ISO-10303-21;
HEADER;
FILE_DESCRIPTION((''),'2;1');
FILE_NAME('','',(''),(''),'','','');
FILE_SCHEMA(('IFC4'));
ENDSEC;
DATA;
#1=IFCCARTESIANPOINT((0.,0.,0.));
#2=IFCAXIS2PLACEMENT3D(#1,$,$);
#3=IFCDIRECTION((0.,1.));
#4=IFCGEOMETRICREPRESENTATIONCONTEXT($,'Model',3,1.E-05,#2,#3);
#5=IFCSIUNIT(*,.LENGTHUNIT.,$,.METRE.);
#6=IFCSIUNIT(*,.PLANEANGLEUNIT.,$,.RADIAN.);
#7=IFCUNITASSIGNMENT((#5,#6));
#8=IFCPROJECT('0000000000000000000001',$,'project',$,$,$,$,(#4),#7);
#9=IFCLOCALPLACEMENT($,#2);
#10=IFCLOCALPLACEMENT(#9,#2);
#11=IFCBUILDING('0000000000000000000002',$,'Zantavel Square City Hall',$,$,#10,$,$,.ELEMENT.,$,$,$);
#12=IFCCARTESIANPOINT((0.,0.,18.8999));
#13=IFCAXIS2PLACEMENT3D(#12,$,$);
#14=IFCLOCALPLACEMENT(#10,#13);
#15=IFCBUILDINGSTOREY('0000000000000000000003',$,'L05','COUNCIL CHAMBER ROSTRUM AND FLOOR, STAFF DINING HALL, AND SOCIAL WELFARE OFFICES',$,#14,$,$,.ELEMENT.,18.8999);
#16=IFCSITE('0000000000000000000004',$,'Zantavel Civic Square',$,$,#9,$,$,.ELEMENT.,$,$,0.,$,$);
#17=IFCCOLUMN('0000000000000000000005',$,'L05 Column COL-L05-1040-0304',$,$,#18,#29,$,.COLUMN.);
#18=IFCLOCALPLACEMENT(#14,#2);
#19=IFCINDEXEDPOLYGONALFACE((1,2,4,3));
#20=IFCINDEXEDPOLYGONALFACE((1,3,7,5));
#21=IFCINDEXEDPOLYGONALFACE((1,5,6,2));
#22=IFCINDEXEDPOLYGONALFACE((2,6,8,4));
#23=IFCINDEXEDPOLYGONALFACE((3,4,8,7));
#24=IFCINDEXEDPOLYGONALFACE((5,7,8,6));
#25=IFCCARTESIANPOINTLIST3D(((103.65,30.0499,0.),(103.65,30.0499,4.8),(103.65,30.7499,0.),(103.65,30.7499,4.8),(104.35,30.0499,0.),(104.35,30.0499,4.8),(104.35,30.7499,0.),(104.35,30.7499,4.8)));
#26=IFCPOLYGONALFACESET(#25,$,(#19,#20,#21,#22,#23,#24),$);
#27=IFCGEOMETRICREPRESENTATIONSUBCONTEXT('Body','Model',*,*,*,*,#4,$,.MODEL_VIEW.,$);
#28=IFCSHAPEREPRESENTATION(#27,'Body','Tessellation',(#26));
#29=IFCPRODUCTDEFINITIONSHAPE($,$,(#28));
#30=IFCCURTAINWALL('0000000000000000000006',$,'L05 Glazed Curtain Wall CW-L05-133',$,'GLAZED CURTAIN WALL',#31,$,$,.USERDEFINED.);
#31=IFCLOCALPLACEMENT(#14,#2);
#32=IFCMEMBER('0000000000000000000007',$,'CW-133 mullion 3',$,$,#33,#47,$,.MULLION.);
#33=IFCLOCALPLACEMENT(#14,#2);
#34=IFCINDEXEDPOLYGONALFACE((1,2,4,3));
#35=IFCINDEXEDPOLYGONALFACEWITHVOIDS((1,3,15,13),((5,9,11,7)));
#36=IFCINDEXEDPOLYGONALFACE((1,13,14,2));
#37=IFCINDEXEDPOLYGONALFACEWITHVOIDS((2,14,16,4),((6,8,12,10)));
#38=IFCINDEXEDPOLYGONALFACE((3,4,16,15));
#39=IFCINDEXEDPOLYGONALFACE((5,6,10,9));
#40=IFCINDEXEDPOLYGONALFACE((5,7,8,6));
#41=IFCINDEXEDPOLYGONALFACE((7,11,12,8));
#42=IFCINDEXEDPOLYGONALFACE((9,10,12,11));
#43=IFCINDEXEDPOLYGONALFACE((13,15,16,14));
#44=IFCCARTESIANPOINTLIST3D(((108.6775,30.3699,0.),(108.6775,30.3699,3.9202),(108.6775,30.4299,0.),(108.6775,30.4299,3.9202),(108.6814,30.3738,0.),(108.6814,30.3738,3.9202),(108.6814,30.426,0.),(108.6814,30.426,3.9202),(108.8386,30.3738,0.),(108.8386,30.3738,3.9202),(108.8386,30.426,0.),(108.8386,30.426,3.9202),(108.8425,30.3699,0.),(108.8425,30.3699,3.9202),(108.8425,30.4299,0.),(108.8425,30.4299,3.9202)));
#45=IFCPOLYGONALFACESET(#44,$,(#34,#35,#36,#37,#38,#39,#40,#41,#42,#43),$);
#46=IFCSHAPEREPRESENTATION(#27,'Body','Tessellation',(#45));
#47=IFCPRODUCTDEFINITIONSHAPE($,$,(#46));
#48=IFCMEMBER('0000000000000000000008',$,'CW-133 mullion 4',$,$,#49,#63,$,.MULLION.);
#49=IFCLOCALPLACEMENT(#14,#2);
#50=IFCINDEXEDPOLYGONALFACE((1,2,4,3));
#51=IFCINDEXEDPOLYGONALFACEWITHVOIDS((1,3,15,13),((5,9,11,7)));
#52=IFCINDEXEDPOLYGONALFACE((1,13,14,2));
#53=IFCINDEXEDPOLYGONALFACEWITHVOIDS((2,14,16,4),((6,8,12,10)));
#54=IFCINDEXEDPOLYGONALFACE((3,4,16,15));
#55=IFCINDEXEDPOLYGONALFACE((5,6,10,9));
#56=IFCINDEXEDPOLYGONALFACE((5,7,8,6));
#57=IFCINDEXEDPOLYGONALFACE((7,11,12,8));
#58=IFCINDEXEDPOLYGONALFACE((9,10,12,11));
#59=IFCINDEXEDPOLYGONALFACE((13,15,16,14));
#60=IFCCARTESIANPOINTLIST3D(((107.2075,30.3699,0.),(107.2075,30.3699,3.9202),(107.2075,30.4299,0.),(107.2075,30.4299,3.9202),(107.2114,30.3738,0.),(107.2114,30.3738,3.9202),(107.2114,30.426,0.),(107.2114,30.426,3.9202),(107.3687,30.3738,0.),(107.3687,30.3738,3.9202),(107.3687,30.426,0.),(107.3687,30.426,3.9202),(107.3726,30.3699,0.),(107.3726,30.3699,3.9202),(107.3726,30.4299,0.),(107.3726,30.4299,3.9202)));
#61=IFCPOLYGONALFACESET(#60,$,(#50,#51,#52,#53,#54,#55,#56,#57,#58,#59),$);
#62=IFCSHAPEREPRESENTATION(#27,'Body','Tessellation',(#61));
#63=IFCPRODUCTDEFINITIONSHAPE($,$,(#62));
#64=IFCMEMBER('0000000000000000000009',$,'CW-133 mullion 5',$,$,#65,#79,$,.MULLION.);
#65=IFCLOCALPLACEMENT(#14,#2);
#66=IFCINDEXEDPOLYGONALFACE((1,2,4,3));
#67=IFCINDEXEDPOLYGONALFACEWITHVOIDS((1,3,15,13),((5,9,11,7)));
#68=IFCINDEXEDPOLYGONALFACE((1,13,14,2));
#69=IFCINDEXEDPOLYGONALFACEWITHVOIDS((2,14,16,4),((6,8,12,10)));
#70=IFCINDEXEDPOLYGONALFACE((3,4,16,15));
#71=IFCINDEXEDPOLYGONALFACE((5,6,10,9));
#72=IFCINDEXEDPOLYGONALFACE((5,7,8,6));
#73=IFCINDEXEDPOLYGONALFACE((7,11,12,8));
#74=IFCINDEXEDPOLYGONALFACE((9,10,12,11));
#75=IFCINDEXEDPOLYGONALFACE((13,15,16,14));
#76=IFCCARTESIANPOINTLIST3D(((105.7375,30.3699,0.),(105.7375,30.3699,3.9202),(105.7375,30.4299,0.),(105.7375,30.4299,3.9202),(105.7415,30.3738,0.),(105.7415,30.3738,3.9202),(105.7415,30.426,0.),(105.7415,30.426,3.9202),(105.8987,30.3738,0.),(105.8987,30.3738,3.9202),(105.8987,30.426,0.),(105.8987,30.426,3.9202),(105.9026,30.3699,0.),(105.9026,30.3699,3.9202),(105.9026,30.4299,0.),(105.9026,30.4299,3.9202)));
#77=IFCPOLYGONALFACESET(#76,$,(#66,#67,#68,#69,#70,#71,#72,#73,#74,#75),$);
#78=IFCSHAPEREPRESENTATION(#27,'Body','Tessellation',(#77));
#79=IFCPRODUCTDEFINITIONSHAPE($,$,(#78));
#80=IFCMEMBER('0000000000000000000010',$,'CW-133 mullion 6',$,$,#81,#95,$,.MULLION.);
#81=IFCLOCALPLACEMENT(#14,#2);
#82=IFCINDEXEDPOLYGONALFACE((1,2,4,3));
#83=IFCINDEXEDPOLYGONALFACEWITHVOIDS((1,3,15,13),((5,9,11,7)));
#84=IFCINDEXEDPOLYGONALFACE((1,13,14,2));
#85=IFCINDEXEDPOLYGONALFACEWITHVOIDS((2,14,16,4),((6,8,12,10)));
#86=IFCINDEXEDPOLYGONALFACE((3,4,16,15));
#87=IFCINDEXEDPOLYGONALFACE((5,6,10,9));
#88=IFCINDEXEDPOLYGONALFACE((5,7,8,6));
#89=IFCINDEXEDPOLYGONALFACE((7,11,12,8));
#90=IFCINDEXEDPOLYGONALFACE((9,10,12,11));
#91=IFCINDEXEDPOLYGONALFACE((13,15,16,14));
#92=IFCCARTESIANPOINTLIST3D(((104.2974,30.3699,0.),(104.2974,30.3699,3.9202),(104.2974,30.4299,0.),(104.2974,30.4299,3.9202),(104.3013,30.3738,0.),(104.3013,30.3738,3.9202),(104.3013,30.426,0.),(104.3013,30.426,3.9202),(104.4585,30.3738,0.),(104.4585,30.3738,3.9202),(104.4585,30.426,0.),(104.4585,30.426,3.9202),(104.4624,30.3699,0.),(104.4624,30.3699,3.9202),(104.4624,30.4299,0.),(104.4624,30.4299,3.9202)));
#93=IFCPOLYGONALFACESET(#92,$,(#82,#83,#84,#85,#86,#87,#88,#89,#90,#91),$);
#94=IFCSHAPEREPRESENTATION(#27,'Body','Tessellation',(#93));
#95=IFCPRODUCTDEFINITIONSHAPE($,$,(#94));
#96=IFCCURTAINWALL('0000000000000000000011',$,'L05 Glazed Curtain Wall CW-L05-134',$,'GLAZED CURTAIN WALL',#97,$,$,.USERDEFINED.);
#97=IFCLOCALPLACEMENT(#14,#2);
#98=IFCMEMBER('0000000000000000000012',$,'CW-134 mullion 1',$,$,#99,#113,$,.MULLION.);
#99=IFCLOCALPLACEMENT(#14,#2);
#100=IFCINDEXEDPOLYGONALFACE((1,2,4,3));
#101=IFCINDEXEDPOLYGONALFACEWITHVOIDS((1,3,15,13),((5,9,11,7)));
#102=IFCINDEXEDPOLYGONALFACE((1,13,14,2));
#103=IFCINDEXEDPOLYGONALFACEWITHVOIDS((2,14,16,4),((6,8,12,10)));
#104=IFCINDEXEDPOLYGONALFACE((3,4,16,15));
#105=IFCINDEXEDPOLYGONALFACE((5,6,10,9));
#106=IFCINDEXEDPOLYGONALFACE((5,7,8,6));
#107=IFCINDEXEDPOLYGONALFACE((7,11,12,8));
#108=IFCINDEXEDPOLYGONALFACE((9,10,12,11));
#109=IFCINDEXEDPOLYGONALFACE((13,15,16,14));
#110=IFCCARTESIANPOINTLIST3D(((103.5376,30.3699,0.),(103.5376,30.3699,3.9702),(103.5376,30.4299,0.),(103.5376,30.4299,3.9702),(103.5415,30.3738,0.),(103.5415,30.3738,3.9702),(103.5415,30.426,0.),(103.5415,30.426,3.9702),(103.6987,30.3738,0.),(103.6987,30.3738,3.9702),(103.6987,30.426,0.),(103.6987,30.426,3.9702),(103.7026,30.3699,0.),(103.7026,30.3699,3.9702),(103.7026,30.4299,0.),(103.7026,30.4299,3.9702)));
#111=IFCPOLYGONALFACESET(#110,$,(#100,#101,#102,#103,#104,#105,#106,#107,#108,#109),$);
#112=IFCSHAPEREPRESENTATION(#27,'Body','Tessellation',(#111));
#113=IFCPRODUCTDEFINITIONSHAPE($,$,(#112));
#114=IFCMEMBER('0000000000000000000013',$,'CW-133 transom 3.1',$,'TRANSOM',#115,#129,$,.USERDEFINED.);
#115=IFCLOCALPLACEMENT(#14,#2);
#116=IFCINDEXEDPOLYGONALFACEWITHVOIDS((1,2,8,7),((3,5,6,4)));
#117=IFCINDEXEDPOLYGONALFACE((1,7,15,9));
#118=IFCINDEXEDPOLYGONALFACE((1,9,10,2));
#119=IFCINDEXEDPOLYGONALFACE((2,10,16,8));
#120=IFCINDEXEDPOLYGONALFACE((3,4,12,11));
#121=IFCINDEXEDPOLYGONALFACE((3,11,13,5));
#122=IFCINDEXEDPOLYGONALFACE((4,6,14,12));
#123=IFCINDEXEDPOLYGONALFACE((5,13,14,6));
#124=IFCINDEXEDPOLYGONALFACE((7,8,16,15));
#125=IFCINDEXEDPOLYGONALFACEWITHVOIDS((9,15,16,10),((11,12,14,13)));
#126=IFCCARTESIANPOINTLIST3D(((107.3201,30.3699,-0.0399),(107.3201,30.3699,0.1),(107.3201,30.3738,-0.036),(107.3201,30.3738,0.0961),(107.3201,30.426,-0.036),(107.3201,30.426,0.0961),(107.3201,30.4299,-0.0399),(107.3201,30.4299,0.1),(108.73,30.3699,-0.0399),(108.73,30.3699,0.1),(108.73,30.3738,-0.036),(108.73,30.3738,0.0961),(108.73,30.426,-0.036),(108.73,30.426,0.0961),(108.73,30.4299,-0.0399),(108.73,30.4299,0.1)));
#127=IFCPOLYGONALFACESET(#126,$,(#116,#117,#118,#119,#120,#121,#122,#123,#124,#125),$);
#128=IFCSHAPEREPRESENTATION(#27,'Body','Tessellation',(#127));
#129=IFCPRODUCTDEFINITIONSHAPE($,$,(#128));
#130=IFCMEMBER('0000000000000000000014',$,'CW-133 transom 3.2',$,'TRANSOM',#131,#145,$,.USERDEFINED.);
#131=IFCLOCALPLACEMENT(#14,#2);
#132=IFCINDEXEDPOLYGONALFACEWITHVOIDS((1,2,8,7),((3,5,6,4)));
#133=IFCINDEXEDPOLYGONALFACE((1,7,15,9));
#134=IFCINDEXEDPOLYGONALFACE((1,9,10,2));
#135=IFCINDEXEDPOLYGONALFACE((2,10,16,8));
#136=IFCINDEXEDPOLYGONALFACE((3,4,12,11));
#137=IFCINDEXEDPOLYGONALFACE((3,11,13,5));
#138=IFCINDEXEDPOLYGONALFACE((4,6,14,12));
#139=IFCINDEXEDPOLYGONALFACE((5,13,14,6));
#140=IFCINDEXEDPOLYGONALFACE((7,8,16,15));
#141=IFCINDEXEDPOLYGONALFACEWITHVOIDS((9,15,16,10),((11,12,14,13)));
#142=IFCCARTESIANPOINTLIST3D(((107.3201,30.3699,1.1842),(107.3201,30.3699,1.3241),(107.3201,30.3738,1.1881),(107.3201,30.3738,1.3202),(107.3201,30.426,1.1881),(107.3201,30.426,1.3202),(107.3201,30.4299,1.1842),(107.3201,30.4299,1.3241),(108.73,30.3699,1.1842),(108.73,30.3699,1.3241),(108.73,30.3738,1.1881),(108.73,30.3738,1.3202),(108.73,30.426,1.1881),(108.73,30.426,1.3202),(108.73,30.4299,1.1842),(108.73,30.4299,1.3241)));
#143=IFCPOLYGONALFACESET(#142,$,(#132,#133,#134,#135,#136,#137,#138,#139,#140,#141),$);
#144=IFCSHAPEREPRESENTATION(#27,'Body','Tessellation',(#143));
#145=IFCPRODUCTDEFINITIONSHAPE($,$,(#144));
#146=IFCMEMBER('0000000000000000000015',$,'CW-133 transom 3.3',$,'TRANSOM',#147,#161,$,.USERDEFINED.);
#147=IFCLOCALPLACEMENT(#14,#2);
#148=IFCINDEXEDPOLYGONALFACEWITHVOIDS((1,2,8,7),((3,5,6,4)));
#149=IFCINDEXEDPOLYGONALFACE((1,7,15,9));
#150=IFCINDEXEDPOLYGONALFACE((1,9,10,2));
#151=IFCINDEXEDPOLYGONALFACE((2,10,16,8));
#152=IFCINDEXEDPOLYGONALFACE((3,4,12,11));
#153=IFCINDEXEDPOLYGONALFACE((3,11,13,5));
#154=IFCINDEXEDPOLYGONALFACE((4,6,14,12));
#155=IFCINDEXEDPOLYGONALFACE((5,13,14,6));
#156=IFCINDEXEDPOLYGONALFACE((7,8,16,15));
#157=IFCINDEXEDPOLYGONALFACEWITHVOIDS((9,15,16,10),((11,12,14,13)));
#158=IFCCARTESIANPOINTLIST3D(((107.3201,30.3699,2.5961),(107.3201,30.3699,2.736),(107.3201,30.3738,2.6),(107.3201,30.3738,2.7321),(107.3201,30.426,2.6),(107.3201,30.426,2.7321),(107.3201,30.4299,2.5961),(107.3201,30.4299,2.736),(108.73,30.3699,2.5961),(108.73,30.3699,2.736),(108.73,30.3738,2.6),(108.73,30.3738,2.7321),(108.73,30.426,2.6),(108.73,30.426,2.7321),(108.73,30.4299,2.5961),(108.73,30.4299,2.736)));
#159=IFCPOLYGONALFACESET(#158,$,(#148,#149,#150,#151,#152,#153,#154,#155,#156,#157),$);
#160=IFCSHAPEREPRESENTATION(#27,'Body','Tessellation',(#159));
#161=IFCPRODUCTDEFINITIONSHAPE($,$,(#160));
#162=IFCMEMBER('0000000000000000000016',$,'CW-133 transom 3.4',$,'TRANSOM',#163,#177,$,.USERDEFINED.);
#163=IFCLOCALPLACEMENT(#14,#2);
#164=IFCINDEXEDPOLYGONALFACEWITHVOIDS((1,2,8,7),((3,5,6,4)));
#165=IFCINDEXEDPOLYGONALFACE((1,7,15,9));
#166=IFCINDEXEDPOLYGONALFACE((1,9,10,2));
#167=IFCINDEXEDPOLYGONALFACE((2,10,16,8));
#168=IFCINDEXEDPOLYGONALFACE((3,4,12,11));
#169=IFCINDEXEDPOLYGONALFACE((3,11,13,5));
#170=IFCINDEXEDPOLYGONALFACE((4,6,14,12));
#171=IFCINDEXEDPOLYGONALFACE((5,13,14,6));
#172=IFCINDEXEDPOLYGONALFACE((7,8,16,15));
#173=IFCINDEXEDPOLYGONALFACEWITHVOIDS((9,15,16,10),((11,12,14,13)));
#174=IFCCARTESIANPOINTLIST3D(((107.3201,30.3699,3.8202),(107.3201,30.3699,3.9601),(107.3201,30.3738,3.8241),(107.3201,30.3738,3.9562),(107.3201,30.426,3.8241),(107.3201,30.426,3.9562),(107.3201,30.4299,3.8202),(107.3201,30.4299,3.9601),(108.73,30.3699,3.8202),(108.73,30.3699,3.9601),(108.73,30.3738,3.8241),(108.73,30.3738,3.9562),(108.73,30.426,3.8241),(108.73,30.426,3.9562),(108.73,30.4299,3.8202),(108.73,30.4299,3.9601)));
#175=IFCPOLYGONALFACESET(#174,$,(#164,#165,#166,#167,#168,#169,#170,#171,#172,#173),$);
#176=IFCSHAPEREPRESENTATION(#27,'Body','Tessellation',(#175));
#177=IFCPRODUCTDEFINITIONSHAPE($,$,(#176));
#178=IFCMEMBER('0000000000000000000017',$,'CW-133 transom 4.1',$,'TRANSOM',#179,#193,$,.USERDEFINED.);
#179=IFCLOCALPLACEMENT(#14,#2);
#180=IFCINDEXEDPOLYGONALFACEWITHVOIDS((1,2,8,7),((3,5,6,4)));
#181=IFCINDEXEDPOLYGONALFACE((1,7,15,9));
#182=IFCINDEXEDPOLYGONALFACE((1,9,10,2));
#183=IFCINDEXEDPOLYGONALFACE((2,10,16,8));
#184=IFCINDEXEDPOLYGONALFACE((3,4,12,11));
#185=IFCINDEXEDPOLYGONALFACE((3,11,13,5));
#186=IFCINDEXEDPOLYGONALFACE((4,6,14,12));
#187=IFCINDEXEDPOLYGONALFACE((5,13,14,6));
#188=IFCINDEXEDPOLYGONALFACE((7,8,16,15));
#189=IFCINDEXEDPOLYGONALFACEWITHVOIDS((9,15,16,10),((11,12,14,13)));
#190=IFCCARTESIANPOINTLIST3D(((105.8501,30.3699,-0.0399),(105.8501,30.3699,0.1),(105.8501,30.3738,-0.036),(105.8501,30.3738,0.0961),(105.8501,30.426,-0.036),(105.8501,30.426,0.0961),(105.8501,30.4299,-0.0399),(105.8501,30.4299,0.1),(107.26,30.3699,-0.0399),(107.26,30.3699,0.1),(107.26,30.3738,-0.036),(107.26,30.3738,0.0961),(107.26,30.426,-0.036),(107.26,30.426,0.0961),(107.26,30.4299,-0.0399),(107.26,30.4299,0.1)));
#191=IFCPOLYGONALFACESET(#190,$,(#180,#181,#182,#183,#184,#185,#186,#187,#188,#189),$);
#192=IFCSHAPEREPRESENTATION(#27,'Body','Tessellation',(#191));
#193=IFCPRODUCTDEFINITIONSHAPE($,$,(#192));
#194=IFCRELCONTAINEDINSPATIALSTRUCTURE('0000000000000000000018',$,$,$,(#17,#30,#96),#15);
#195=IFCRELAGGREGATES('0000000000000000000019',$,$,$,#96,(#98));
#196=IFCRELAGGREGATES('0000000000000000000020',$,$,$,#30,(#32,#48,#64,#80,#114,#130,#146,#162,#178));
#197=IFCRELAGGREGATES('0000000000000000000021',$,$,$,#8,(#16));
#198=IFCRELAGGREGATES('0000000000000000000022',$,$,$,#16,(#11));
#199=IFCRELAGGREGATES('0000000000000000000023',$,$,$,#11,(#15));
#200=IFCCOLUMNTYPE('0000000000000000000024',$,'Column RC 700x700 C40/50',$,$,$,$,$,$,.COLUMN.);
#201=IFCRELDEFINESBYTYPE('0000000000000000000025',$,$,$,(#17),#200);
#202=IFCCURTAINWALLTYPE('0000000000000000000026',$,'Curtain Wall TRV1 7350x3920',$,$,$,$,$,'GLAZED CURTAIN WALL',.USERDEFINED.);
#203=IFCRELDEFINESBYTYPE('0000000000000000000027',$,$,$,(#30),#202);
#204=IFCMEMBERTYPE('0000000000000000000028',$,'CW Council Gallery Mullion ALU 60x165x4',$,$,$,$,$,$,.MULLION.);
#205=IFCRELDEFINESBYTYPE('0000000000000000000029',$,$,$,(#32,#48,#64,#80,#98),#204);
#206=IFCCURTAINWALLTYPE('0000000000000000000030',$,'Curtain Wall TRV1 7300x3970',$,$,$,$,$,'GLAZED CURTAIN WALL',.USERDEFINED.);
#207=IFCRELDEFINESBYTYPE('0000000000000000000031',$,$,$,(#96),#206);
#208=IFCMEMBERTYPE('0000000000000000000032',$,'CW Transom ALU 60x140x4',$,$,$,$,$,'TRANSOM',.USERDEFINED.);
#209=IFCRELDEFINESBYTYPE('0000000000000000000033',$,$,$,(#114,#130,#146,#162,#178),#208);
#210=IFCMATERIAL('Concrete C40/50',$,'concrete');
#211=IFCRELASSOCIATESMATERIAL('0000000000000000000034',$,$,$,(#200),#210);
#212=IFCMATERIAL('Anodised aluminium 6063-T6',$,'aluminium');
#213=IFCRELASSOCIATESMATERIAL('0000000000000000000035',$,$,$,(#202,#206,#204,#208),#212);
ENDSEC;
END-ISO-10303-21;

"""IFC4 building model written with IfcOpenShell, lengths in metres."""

from ifc_helpers import new_model, si_unit, direction, frame, origin, origin_2d, place, context, subcontext, project, spatial, rectangle, hollow_rectangle, extrude, material, material_profile, profile_set, type_object, element, aggregate, save


model = new_model("IFC4")

# Units and contexts
model_context = context("Model", 3, precision=1e-05, world=origin(), true_north=direction((0.0, 1.0)))
body_context = subcontext(model_context, "Body", "Model", "MODEL_VIEW")
ifc_project = project(units=[si_unit("LENGTHUNIT", "METRE"), si_unit("PLANEANGLEUNIT", "RADIAN")], contexts=[model_context])

# Site, building, storey
site_placement = place(None, origin())
site = spatial("IfcSite", under=ifc_project, at=site_placement, Name="Zantavel Civic Square", CompositionType="ELEMENT", RefElevation=0.0)
building_placement = place(site_placement, origin())
building = spatial("IfcBuilding", under=site, at=building_placement, Name="Zantavel Square City Hall", CompositionType="ELEMENT")
storey_placement = place(building_placement, frame((0.0, 0.0, 18.8999)))
storey = spatial("IfcBuildingStorey", under=building, at=storey_placement, Name="L05", Description="COUNCIL CHAMBER ROSTRUM AND FLOOR, STAFF DINING HALL, AND SOCIAL WELFARE OFFICES", CompositionType="ELEMENT", Elevation=18.8999)

# Column
ifc_material_1 = material(Name="Concrete C40/50", Category="concrete")
ifc_material_profile_1 = material_profile(ifc_material_1, rectangle(XDim=0.7, YDim=0.7, at=origin_2d()), Name="RC 700x700")
ifc_profile_set_1 = profile_set([ifc_material_profile_1], Name="Concrete C40/50")
column_type = type_object("IfcColumnType", Name="Column RC 700x700 C40/50", PredefinedType="COLUMN", material=ifc_profile_set_1)
column_placement = place(storey_placement, frame((104.0, 30.3999, 0.0), z_axis=(0.0, 0.0, 1.0), x_axis=(1.0, 0.0, 0.0)))
element("IfcColumn", 1, at=column_placement, inside=storey, type_object=column_type, Name="L05 Column COL-L05-1040-0304", PredefinedType="COLUMN", context=body_context, shape_type="SweptSolid", body=[
    extrude(rectangle(XDim=0.7, YDim=0.7, at=origin_2d()), origin(), (0.0, 0.0, 1.0), 4.8),
])

# Curtain wall, members
ifc_material_2 = material(Name="Anodised aluminium 6063-T6", Category="aluminium")
curtain_wall_type_1 = type_object("IfcCurtainWallType", Name="Curtain Wall TRV1 7350x3920", ElementType="GLAZED CURTAIN WALL", PredefinedType="USERDEFINED", material=ifc_material_2)
curtain_wall_1_placement = place(storey_placement, origin())
curtain_wall_1 = element("IfcCurtainWall", 2, at=curtain_wall_1_placement, inside=storey, type_object=curtain_wall_type_1, Name="L05 Glazed Curtain Wall CW-L05-133", ObjectType="GLAZED CURTAIN WALL", PredefinedType="USERDEFINED")
ifc_material_profile_2 = material_profile(ifc_material_2, hollow_rectangle(XDim=0.0601, YDim=0.165, WallThickness=0.0039, at=origin_2d()), Name="ALU 60x165x4")
ifc_profile_set_2 = profile_set([ifc_material_profile_2], Name="Anodised aluminium 6063-T6")
member_type_1 = type_object("IfcMemberType", Name="CW Council Gallery Mullion ALU 60x165x4", PredefinedType="MULLION", material=ifc_profile_set_2)
member_1_placement = place(storey_placement, frame((108.76, 30.3999, 0.0), z_axis=(0.0, 0.0, 1.0), x_axis=(0.0, -1.0, 0.0)))
member_1 = element("IfcMember", 3, at=member_1_placement, type_object=member_type_1, Name="CW-133 mullion 3", PredefinedType="MULLION", context=body_context, shape_type="SweptSolid", body=[
    extrude(hollow_rectangle(XDim=0.0601, YDim=0.165, WallThickness=0.0039, at=origin_2d()), origin(), (0.0, 0.0, 1.0), 3.9202),
])
member_2_placement = place(storey_placement, frame((107.29, 30.3999, 0.0), z_axis=(0.0, 0.0, 1.0), x_axis=(0.0, -1.0, 0.0)))
member_2 = element("IfcMember", 4, at=member_2_placement, type_object=member_type_1, Name="CW-133 mullion 4", PredefinedType="MULLION", context=body_context, shape_type="SweptSolid", body=[
    extrude(hollow_rectangle(XDim=0.0601, YDim=0.165, WallThickness=0.0039, at=origin_2d()), origin(), (0.0, 0.0, 1.0), 3.9202),
])
member_3_placement = place(storey_placement, frame((105.8201, 30.3999, 0.0), z_axis=(0.0, 0.0, 1.0), x_axis=(0.0, -1.0, 0.0)))
member_3 = element("IfcMember", 5, at=member_3_placement, type_object=member_type_1, Name="CW-133 mullion 5", PredefinedType="MULLION", context=body_context, shape_type="SweptSolid", body=[
    extrude(hollow_rectangle(XDim=0.0601, YDim=0.165, WallThickness=0.0039, at=origin_2d()), origin(), (0.0, 0.0, 1.0), 3.9202),
])
member_4_placement = place(storey_placement, frame((104.3799, 30.3999, 0.0), z_axis=(0.0, 0.0, 1.0), x_axis=(0.0, -1.0, 0.0)))
member_4 = element("IfcMember", 6, at=member_4_placement, type_object=member_type_1, Name="CW-133 mullion 6", PredefinedType="MULLION", context=body_context, shape_type="SweptSolid", body=[
    extrude(hollow_rectangle(XDim=0.0601, YDim=0.165, WallThickness=0.0039, at=origin_2d()), origin(), (0.0, 0.0, 1.0), 3.9202),
])

# Curtain wall, member
curtain_wall_type_2 = type_object("IfcCurtainWallType", Name="Curtain Wall TRV1 7300x3970", ElementType="GLAZED CURTAIN WALL", PredefinedType="USERDEFINED", material=ifc_material_2)
curtain_wall_2_placement = place(storey_placement, origin())
curtain_wall_2 = element("IfcCurtainWall", 7, at=curtain_wall_2_placement, inside=storey, type_object=curtain_wall_type_2, Name="L05 Glazed Curtain Wall CW-L05-134", ObjectType="GLAZED CURTAIN WALL", PredefinedType="USERDEFINED")
member_5_placement = place(storey_placement, frame((103.6201, 30.3999, 0.0), z_axis=(0.0, 0.0, 1.0), x_axis=(0.0, -1.0, 0.0)))
member_5 = element("IfcMember", 8, at=member_5_placement, type_object=member_type_1, Name="CW-134 mullion 1", PredefinedType="MULLION", context=body_context, shape_type="SweptSolid", body=[
    extrude(hollow_rectangle(XDim=0.0601, YDim=0.165, WallThickness=0.0039, at=origin_2d()), origin(), (0.0, 0.0, 1.0), 3.9702),
])

# Members
ifc_material_profile_3 = material_profile(ifc_material_2, hollow_rectangle(XDim=0.0601, YDim=0.1399, WallThickness=0.0039, at=origin_2d()), Name="ALU 60x140x4")
ifc_profile_set_3 = profile_set([ifc_material_profile_3], Name="Anodised aluminium 6063-T6")
member_type_2 = type_object("IfcMemberType", Name="CW Transom ALU 60x140x4", ElementType="TRANSOM", PredefinedType="USERDEFINED", material=ifc_profile_set_3)
member_6_placement = place(storey_placement, frame((108.73, 30.3999, 0.03), z_axis=(-1.0, 0.0, 0.0), x_axis=(0.0, -1.0, 0.0)))
member_6 = element("IfcMember", 9, at=member_6_placement, type_object=member_type_2, Name="CW-133 transom 3.1", ObjectType="TRANSOM", PredefinedType="USERDEFINED", context=body_context, shape_type="SweptSolid", body=[
    extrude(hollow_rectangle(XDim=0.0601, YDim=0.1399, WallThickness=0.0039, at=origin_2d()), origin(), (0.0, 0.0, 1.0), 1.4099),
])
member_7_placement = place(storey_placement, frame((108.73, 30.3999, 1.2542), z_axis=(-1.0, 0.0, 0.0), x_axis=(0.0, -1.0, 0.0)))
member_7 = element("IfcMember", 10, at=member_7_placement, type_object=member_type_2, Name="CW-133 transom 3.2", ObjectType="TRANSOM", PredefinedType="USERDEFINED", context=body_context, shape_type="SweptSolid", body=[
    extrude(hollow_rectangle(XDim=0.0601, YDim=0.1399, WallThickness=0.0039, at=origin_2d()), origin(), (0.0, 0.0, 1.0), 1.4099),
])
member_8_placement = place(storey_placement, frame((108.73, 30.3999, 2.666), z_axis=(-1.0, 0.0, 0.0), x_axis=(0.0, -1.0, 0.0)))
member_8 = element("IfcMember", 11, at=member_8_placement, type_object=member_type_2, Name="CW-133 transom 3.3", ObjectType="TRANSOM", PredefinedType="USERDEFINED", context=body_context, shape_type="SweptSolid", body=[
    extrude(hollow_rectangle(XDim=0.0601, YDim=0.1399, WallThickness=0.0039, at=origin_2d()), origin(), (0.0, 0.0, 1.0), 1.4099),
])
member_9_placement = place(storey_placement, frame((108.73, 30.3999, 3.8901), z_axis=(-1.0, 0.0, 0.0), x_axis=(0.0, -1.0, 0.0)))
member_9 = element("IfcMember", 12, at=member_9_placement, type_object=member_type_2, Name="CW-133 transom 3.4", ObjectType="TRANSOM", PredefinedType="USERDEFINED", context=body_context, shape_type="SweptSolid", body=[
    extrude(hollow_rectangle(XDim=0.0601, YDim=0.1399, WallThickness=0.0039, at=origin_2d()), origin(), (0.0, 0.0, 1.0), 1.4099),
])
member_10_placement = place(storey_placement, frame((107.26, 30.3999, 0.03), z_axis=(-1.0, 0.0, 0.0), x_axis=(0.0, -1.0, 0.0)))
member_10 = element("IfcMember", 13, at=member_10_placement, type_object=member_type_2, Name="CW-133 transom 4.1", ObjectType="TRANSOM", PredefinedType="USERDEFINED", context=body_context, shape_type="SweptSolid", body=[
    extrude(hollow_rectangle(XDim=0.0601, YDim=0.1399, WallThickness=0.0039, at=origin_2d()), origin(), (0.0, 0.0, 1.0), 1.4099),
])

aggregate(curtain_wall_2, [member_5])
aggregate(curtain_wall_1, [member_1, member_2, member_3, member_4, member_6, member_7, member_8, member_9, member_10])

save(model, "model.ifc")
